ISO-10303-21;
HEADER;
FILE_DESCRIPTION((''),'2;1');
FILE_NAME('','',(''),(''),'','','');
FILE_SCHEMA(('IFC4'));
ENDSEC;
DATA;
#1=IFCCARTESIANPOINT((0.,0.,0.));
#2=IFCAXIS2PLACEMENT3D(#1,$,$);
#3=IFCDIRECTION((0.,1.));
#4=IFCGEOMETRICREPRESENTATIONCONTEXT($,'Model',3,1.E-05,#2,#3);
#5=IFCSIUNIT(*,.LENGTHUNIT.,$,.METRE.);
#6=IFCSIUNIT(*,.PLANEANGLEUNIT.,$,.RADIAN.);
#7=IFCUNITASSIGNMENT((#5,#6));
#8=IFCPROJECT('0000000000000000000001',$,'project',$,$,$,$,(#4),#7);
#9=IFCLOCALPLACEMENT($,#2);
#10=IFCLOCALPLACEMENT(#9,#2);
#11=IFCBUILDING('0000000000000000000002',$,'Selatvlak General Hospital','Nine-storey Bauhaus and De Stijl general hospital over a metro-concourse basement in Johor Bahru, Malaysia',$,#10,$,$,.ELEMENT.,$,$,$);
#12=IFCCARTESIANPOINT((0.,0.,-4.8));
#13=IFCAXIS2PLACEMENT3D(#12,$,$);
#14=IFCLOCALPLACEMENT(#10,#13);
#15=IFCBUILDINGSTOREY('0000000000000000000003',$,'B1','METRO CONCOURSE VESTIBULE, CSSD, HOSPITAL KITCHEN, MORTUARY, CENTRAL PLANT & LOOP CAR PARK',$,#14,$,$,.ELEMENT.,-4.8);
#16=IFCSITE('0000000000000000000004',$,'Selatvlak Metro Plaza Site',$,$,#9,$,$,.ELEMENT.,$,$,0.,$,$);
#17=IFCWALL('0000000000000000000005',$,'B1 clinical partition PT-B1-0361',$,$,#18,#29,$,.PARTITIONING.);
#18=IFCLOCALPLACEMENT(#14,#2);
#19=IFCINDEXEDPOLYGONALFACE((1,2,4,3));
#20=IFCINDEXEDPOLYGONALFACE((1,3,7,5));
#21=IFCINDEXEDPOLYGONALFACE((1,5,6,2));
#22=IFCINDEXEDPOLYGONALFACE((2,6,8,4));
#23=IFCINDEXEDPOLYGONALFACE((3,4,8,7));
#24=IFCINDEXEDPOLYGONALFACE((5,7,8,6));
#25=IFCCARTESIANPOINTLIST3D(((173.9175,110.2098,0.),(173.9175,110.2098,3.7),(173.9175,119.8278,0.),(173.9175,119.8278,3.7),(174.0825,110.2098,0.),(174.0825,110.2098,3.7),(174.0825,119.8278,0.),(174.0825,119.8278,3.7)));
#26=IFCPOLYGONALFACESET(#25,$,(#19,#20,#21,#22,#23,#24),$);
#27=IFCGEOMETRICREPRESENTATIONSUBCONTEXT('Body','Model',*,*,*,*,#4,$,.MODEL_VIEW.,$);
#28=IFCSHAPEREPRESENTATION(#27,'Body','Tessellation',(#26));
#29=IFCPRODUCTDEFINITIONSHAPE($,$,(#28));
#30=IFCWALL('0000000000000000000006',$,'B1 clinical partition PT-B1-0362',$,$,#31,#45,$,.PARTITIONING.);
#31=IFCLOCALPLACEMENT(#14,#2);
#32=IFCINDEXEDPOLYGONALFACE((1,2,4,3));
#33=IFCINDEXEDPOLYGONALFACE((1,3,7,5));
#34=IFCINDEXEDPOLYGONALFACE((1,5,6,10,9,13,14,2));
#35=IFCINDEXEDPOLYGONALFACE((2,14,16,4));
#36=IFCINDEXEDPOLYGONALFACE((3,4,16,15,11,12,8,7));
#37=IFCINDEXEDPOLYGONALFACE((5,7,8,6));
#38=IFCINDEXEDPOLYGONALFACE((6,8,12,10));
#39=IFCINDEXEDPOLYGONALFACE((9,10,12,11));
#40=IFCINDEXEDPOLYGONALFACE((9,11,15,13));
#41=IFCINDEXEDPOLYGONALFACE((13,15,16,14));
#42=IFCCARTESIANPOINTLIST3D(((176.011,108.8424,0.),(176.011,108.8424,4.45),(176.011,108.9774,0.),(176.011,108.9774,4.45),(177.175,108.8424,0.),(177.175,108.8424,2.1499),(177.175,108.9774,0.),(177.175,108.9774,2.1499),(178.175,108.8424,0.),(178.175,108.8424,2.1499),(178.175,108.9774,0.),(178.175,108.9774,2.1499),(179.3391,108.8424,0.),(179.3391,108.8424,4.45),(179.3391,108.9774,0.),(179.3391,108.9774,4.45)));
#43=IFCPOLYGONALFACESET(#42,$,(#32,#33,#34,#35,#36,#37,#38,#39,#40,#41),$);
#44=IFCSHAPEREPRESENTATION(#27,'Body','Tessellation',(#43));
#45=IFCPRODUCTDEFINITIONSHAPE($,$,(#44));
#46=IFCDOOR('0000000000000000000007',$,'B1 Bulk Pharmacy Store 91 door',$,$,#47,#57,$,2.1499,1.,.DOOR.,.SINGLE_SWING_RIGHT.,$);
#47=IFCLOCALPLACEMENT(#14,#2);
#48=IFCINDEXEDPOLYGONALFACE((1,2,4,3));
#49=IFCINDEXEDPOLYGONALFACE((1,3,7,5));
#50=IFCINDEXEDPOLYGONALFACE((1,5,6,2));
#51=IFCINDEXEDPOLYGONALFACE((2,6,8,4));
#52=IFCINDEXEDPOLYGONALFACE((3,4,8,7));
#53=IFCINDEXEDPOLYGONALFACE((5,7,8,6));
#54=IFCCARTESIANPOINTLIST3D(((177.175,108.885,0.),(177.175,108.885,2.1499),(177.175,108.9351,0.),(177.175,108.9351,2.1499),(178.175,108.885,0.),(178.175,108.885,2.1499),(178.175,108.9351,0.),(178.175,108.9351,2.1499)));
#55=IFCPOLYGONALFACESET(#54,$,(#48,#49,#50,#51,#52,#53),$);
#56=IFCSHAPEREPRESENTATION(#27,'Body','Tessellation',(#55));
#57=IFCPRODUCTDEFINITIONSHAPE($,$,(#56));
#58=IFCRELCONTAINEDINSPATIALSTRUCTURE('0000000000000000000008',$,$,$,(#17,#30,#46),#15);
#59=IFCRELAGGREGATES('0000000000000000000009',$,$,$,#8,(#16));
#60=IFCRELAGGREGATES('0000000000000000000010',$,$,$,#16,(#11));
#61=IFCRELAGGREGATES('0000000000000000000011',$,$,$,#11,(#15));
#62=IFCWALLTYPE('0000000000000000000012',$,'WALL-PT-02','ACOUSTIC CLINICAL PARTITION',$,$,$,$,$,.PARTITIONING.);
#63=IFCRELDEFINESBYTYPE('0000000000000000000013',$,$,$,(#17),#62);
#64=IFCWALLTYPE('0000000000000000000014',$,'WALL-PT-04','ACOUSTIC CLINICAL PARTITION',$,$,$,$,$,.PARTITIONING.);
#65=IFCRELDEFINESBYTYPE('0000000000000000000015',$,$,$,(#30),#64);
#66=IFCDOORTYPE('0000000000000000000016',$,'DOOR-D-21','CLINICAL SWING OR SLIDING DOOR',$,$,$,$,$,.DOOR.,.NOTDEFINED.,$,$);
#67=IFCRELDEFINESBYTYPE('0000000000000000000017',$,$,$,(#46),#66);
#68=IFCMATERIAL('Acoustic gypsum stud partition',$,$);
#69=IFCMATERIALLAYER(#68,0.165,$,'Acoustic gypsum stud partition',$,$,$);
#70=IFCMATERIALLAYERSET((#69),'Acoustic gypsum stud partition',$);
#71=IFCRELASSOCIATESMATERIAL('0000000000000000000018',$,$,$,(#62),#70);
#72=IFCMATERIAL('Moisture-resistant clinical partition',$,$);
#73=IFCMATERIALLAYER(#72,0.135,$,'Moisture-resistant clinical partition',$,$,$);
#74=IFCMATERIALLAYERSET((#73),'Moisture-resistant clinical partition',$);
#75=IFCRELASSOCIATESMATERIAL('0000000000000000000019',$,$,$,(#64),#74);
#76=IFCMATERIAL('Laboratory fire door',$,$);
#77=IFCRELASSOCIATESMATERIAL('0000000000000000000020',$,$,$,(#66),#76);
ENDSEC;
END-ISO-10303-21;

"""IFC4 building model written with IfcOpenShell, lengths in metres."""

from ifc_helpers import new_model, si_unit, direction, frame, frame_2d, origin, place, context, subcontext, project, spatial, rectangle, extrude, material, layer, layer_set, type_object, element, fill, save


model = new_model("IFC4")

# Units and contexts
model_context = context("Model", 3, precision=1e-05, world=origin(), true_north=direction((0.0, 1.0)))
body_context = subcontext(model_context, "Body", "Model", "MODEL_VIEW")
ifc_project = project(units=[si_unit("LENGTHUNIT", "METRE"), si_unit("PLANEANGLEUNIT", "RADIAN")], contexts=[model_context])

# Site, building, storey
site_placement = place(None, origin())
site = spatial("IfcSite", under=ifc_project, at=site_placement, Name="Selatvlak Metro Plaza Site", CompositionType="ELEMENT", RefElevation=0.0)
building_placement = place(site_placement, origin())
building = spatial("IfcBuilding", under=site, at=building_placement, Name="Selatvlak General Hospital", Description="Nine-storey Bauhaus and De Stijl general hospital over a metro-concourse basement in Johor Bahru, Malaysia", CompositionType="ELEMENT")
storey_placement = place(building_placement, frame((0.0, 0.0, -4.8)))
storey = spatial("IfcBuildingStorey", under=building, at=storey_placement, Name="B1", Description="METRO CONCOURSE VESTIBULE, CSSD, HOSPITAL KITCHEN, MORTUARY, CENTRAL PLANT & LOOP CAR PARK", CompositionType="ELEMENT", Elevation=-4.8)

# Wall
ifc_material_1 = material(Name="Acoustic gypsum stud partition")
ifc_layer_1 = layer(ifc_material_1, 0.165, Name="Acoustic gypsum stud partition")
ifc_layer_set_1 = layer_set([ifc_layer_1], Name="Acoustic gypsum stud partition")
wall_type_1 = type_object("IfcWallType", Name="WALL-PT-02", Description="ACOUSTIC CLINICAL PARTITION", PredefinedType="PARTITIONING", material=ifc_layer_set_1)
wall_1_placement = place(storey_placement, frame((174.0, 119.8279, 0.0), z_axis=(0.0, 0.0, 1.0), x_axis=(0.0, -1.0, 0.0)))
element("IfcWall", 1, at=wall_1_placement, inside=storey, type_object=wall_type_1, Name="B1 clinical partition PT-B1-0361", PredefinedType="PARTITIONING", context=body_context, shape_type="SweptSolid", body=[
    extrude(rectangle(XDim=9.6179, YDim=0.165, at=frame_2d((4.8091, 0.0))), origin(), (0.0, 0.0, 1.0), 3.7),
])

# Wall, opening, door
ifc_material_2 = material(Name="Moisture-resistant clinical partition")
ifc_layer_2 = layer(ifc_material_2, 0.135, Name="Moisture-resistant clinical partition")
ifc_layer_set_2 = layer_set([ifc_layer_2], Name="Moisture-resistant clinical partition")
wall_type_2 = type_object("IfcWallType", Name="WALL-PT-04", Description="ACOUSTIC CLINICAL PARTITION", PredefinedType="PARTITIONING", material=ifc_layer_set_2)
wall_2_placement = place(storey_placement, frame((179.3391, 108.9099, 0.0), z_axis=(0.0, 0.0, 1.0), x_axis=(-1.0, 0.0, 0.0)))
wall_2 = element("IfcWall", 2, at=wall_2_placement, inside=storey, type_object=wall_type_2, Name="B1 clinical partition PT-B1-0362", PredefinedType="PARTITIONING", context=body_context, shape_type="SweptSolid", body=[
    extrude(rectangle(XDim=3.3281, YDim=0.135, at=frame_2d((1.6641, 0.0))), origin(), (0.0, 0.0, 1.0), 4.45),
])
opening_placement = place(wall_2_placement, frame((1.1641, 0.0, 0.0)))
opening = element("IfcOpeningElement", 3, at=opening_placement, cuts=wall_2, PredefinedType="OPENING", context=body_context, shape_type="SweptSolid", body=[
    extrude(rectangle(XDim=1.0, YDim=2.1499, at=frame_2d((0.5, 1.075))), frame((0.0, 0.0774, 0.0), z_axis=(0.0, -1.0, 0.0), x_axis=(1.0, 0.0, 0.0)), (0.0, 0.0, 1.0), 0.155),
])
ifc_material_3 = material(Name="Laboratory fire door")
door_type = type_object("IfcDoorType", Name="DOOR-D-21", Description="CLINICAL SWING OR SLIDING DOOR", OperationType="NOTDEFINED", PredefinedType="DOOR", material=ifc_material_3)
door_placement = place(opening_placement, origin())
door = element("IfcDoor", 4, at=door_placement, inside=storey, type_object=door_type, Name="B1 Bulk Pharmacy Store 91 door", OperationType="SINGLE_SWING_RIGHT", OverallHeight=2.1499, OverallWidth=1.0, PredefinedType="DOOR", context=body_context, shape_type="SweptSolid", body=[
    extrude(rectangle(XDim=1.0, YDim=2.1499, at=frame_2d((0.5, 1.075))), frame((0.0, 0.0249, 0.0), z_axis=(0.0, -1.0, 0.0), x_axis=(1.0, 0.0, 0.0)), (0.0, 0.0, 1.0), 0.05),
])
fill(opening, door)

save(model, "model.ifc")
